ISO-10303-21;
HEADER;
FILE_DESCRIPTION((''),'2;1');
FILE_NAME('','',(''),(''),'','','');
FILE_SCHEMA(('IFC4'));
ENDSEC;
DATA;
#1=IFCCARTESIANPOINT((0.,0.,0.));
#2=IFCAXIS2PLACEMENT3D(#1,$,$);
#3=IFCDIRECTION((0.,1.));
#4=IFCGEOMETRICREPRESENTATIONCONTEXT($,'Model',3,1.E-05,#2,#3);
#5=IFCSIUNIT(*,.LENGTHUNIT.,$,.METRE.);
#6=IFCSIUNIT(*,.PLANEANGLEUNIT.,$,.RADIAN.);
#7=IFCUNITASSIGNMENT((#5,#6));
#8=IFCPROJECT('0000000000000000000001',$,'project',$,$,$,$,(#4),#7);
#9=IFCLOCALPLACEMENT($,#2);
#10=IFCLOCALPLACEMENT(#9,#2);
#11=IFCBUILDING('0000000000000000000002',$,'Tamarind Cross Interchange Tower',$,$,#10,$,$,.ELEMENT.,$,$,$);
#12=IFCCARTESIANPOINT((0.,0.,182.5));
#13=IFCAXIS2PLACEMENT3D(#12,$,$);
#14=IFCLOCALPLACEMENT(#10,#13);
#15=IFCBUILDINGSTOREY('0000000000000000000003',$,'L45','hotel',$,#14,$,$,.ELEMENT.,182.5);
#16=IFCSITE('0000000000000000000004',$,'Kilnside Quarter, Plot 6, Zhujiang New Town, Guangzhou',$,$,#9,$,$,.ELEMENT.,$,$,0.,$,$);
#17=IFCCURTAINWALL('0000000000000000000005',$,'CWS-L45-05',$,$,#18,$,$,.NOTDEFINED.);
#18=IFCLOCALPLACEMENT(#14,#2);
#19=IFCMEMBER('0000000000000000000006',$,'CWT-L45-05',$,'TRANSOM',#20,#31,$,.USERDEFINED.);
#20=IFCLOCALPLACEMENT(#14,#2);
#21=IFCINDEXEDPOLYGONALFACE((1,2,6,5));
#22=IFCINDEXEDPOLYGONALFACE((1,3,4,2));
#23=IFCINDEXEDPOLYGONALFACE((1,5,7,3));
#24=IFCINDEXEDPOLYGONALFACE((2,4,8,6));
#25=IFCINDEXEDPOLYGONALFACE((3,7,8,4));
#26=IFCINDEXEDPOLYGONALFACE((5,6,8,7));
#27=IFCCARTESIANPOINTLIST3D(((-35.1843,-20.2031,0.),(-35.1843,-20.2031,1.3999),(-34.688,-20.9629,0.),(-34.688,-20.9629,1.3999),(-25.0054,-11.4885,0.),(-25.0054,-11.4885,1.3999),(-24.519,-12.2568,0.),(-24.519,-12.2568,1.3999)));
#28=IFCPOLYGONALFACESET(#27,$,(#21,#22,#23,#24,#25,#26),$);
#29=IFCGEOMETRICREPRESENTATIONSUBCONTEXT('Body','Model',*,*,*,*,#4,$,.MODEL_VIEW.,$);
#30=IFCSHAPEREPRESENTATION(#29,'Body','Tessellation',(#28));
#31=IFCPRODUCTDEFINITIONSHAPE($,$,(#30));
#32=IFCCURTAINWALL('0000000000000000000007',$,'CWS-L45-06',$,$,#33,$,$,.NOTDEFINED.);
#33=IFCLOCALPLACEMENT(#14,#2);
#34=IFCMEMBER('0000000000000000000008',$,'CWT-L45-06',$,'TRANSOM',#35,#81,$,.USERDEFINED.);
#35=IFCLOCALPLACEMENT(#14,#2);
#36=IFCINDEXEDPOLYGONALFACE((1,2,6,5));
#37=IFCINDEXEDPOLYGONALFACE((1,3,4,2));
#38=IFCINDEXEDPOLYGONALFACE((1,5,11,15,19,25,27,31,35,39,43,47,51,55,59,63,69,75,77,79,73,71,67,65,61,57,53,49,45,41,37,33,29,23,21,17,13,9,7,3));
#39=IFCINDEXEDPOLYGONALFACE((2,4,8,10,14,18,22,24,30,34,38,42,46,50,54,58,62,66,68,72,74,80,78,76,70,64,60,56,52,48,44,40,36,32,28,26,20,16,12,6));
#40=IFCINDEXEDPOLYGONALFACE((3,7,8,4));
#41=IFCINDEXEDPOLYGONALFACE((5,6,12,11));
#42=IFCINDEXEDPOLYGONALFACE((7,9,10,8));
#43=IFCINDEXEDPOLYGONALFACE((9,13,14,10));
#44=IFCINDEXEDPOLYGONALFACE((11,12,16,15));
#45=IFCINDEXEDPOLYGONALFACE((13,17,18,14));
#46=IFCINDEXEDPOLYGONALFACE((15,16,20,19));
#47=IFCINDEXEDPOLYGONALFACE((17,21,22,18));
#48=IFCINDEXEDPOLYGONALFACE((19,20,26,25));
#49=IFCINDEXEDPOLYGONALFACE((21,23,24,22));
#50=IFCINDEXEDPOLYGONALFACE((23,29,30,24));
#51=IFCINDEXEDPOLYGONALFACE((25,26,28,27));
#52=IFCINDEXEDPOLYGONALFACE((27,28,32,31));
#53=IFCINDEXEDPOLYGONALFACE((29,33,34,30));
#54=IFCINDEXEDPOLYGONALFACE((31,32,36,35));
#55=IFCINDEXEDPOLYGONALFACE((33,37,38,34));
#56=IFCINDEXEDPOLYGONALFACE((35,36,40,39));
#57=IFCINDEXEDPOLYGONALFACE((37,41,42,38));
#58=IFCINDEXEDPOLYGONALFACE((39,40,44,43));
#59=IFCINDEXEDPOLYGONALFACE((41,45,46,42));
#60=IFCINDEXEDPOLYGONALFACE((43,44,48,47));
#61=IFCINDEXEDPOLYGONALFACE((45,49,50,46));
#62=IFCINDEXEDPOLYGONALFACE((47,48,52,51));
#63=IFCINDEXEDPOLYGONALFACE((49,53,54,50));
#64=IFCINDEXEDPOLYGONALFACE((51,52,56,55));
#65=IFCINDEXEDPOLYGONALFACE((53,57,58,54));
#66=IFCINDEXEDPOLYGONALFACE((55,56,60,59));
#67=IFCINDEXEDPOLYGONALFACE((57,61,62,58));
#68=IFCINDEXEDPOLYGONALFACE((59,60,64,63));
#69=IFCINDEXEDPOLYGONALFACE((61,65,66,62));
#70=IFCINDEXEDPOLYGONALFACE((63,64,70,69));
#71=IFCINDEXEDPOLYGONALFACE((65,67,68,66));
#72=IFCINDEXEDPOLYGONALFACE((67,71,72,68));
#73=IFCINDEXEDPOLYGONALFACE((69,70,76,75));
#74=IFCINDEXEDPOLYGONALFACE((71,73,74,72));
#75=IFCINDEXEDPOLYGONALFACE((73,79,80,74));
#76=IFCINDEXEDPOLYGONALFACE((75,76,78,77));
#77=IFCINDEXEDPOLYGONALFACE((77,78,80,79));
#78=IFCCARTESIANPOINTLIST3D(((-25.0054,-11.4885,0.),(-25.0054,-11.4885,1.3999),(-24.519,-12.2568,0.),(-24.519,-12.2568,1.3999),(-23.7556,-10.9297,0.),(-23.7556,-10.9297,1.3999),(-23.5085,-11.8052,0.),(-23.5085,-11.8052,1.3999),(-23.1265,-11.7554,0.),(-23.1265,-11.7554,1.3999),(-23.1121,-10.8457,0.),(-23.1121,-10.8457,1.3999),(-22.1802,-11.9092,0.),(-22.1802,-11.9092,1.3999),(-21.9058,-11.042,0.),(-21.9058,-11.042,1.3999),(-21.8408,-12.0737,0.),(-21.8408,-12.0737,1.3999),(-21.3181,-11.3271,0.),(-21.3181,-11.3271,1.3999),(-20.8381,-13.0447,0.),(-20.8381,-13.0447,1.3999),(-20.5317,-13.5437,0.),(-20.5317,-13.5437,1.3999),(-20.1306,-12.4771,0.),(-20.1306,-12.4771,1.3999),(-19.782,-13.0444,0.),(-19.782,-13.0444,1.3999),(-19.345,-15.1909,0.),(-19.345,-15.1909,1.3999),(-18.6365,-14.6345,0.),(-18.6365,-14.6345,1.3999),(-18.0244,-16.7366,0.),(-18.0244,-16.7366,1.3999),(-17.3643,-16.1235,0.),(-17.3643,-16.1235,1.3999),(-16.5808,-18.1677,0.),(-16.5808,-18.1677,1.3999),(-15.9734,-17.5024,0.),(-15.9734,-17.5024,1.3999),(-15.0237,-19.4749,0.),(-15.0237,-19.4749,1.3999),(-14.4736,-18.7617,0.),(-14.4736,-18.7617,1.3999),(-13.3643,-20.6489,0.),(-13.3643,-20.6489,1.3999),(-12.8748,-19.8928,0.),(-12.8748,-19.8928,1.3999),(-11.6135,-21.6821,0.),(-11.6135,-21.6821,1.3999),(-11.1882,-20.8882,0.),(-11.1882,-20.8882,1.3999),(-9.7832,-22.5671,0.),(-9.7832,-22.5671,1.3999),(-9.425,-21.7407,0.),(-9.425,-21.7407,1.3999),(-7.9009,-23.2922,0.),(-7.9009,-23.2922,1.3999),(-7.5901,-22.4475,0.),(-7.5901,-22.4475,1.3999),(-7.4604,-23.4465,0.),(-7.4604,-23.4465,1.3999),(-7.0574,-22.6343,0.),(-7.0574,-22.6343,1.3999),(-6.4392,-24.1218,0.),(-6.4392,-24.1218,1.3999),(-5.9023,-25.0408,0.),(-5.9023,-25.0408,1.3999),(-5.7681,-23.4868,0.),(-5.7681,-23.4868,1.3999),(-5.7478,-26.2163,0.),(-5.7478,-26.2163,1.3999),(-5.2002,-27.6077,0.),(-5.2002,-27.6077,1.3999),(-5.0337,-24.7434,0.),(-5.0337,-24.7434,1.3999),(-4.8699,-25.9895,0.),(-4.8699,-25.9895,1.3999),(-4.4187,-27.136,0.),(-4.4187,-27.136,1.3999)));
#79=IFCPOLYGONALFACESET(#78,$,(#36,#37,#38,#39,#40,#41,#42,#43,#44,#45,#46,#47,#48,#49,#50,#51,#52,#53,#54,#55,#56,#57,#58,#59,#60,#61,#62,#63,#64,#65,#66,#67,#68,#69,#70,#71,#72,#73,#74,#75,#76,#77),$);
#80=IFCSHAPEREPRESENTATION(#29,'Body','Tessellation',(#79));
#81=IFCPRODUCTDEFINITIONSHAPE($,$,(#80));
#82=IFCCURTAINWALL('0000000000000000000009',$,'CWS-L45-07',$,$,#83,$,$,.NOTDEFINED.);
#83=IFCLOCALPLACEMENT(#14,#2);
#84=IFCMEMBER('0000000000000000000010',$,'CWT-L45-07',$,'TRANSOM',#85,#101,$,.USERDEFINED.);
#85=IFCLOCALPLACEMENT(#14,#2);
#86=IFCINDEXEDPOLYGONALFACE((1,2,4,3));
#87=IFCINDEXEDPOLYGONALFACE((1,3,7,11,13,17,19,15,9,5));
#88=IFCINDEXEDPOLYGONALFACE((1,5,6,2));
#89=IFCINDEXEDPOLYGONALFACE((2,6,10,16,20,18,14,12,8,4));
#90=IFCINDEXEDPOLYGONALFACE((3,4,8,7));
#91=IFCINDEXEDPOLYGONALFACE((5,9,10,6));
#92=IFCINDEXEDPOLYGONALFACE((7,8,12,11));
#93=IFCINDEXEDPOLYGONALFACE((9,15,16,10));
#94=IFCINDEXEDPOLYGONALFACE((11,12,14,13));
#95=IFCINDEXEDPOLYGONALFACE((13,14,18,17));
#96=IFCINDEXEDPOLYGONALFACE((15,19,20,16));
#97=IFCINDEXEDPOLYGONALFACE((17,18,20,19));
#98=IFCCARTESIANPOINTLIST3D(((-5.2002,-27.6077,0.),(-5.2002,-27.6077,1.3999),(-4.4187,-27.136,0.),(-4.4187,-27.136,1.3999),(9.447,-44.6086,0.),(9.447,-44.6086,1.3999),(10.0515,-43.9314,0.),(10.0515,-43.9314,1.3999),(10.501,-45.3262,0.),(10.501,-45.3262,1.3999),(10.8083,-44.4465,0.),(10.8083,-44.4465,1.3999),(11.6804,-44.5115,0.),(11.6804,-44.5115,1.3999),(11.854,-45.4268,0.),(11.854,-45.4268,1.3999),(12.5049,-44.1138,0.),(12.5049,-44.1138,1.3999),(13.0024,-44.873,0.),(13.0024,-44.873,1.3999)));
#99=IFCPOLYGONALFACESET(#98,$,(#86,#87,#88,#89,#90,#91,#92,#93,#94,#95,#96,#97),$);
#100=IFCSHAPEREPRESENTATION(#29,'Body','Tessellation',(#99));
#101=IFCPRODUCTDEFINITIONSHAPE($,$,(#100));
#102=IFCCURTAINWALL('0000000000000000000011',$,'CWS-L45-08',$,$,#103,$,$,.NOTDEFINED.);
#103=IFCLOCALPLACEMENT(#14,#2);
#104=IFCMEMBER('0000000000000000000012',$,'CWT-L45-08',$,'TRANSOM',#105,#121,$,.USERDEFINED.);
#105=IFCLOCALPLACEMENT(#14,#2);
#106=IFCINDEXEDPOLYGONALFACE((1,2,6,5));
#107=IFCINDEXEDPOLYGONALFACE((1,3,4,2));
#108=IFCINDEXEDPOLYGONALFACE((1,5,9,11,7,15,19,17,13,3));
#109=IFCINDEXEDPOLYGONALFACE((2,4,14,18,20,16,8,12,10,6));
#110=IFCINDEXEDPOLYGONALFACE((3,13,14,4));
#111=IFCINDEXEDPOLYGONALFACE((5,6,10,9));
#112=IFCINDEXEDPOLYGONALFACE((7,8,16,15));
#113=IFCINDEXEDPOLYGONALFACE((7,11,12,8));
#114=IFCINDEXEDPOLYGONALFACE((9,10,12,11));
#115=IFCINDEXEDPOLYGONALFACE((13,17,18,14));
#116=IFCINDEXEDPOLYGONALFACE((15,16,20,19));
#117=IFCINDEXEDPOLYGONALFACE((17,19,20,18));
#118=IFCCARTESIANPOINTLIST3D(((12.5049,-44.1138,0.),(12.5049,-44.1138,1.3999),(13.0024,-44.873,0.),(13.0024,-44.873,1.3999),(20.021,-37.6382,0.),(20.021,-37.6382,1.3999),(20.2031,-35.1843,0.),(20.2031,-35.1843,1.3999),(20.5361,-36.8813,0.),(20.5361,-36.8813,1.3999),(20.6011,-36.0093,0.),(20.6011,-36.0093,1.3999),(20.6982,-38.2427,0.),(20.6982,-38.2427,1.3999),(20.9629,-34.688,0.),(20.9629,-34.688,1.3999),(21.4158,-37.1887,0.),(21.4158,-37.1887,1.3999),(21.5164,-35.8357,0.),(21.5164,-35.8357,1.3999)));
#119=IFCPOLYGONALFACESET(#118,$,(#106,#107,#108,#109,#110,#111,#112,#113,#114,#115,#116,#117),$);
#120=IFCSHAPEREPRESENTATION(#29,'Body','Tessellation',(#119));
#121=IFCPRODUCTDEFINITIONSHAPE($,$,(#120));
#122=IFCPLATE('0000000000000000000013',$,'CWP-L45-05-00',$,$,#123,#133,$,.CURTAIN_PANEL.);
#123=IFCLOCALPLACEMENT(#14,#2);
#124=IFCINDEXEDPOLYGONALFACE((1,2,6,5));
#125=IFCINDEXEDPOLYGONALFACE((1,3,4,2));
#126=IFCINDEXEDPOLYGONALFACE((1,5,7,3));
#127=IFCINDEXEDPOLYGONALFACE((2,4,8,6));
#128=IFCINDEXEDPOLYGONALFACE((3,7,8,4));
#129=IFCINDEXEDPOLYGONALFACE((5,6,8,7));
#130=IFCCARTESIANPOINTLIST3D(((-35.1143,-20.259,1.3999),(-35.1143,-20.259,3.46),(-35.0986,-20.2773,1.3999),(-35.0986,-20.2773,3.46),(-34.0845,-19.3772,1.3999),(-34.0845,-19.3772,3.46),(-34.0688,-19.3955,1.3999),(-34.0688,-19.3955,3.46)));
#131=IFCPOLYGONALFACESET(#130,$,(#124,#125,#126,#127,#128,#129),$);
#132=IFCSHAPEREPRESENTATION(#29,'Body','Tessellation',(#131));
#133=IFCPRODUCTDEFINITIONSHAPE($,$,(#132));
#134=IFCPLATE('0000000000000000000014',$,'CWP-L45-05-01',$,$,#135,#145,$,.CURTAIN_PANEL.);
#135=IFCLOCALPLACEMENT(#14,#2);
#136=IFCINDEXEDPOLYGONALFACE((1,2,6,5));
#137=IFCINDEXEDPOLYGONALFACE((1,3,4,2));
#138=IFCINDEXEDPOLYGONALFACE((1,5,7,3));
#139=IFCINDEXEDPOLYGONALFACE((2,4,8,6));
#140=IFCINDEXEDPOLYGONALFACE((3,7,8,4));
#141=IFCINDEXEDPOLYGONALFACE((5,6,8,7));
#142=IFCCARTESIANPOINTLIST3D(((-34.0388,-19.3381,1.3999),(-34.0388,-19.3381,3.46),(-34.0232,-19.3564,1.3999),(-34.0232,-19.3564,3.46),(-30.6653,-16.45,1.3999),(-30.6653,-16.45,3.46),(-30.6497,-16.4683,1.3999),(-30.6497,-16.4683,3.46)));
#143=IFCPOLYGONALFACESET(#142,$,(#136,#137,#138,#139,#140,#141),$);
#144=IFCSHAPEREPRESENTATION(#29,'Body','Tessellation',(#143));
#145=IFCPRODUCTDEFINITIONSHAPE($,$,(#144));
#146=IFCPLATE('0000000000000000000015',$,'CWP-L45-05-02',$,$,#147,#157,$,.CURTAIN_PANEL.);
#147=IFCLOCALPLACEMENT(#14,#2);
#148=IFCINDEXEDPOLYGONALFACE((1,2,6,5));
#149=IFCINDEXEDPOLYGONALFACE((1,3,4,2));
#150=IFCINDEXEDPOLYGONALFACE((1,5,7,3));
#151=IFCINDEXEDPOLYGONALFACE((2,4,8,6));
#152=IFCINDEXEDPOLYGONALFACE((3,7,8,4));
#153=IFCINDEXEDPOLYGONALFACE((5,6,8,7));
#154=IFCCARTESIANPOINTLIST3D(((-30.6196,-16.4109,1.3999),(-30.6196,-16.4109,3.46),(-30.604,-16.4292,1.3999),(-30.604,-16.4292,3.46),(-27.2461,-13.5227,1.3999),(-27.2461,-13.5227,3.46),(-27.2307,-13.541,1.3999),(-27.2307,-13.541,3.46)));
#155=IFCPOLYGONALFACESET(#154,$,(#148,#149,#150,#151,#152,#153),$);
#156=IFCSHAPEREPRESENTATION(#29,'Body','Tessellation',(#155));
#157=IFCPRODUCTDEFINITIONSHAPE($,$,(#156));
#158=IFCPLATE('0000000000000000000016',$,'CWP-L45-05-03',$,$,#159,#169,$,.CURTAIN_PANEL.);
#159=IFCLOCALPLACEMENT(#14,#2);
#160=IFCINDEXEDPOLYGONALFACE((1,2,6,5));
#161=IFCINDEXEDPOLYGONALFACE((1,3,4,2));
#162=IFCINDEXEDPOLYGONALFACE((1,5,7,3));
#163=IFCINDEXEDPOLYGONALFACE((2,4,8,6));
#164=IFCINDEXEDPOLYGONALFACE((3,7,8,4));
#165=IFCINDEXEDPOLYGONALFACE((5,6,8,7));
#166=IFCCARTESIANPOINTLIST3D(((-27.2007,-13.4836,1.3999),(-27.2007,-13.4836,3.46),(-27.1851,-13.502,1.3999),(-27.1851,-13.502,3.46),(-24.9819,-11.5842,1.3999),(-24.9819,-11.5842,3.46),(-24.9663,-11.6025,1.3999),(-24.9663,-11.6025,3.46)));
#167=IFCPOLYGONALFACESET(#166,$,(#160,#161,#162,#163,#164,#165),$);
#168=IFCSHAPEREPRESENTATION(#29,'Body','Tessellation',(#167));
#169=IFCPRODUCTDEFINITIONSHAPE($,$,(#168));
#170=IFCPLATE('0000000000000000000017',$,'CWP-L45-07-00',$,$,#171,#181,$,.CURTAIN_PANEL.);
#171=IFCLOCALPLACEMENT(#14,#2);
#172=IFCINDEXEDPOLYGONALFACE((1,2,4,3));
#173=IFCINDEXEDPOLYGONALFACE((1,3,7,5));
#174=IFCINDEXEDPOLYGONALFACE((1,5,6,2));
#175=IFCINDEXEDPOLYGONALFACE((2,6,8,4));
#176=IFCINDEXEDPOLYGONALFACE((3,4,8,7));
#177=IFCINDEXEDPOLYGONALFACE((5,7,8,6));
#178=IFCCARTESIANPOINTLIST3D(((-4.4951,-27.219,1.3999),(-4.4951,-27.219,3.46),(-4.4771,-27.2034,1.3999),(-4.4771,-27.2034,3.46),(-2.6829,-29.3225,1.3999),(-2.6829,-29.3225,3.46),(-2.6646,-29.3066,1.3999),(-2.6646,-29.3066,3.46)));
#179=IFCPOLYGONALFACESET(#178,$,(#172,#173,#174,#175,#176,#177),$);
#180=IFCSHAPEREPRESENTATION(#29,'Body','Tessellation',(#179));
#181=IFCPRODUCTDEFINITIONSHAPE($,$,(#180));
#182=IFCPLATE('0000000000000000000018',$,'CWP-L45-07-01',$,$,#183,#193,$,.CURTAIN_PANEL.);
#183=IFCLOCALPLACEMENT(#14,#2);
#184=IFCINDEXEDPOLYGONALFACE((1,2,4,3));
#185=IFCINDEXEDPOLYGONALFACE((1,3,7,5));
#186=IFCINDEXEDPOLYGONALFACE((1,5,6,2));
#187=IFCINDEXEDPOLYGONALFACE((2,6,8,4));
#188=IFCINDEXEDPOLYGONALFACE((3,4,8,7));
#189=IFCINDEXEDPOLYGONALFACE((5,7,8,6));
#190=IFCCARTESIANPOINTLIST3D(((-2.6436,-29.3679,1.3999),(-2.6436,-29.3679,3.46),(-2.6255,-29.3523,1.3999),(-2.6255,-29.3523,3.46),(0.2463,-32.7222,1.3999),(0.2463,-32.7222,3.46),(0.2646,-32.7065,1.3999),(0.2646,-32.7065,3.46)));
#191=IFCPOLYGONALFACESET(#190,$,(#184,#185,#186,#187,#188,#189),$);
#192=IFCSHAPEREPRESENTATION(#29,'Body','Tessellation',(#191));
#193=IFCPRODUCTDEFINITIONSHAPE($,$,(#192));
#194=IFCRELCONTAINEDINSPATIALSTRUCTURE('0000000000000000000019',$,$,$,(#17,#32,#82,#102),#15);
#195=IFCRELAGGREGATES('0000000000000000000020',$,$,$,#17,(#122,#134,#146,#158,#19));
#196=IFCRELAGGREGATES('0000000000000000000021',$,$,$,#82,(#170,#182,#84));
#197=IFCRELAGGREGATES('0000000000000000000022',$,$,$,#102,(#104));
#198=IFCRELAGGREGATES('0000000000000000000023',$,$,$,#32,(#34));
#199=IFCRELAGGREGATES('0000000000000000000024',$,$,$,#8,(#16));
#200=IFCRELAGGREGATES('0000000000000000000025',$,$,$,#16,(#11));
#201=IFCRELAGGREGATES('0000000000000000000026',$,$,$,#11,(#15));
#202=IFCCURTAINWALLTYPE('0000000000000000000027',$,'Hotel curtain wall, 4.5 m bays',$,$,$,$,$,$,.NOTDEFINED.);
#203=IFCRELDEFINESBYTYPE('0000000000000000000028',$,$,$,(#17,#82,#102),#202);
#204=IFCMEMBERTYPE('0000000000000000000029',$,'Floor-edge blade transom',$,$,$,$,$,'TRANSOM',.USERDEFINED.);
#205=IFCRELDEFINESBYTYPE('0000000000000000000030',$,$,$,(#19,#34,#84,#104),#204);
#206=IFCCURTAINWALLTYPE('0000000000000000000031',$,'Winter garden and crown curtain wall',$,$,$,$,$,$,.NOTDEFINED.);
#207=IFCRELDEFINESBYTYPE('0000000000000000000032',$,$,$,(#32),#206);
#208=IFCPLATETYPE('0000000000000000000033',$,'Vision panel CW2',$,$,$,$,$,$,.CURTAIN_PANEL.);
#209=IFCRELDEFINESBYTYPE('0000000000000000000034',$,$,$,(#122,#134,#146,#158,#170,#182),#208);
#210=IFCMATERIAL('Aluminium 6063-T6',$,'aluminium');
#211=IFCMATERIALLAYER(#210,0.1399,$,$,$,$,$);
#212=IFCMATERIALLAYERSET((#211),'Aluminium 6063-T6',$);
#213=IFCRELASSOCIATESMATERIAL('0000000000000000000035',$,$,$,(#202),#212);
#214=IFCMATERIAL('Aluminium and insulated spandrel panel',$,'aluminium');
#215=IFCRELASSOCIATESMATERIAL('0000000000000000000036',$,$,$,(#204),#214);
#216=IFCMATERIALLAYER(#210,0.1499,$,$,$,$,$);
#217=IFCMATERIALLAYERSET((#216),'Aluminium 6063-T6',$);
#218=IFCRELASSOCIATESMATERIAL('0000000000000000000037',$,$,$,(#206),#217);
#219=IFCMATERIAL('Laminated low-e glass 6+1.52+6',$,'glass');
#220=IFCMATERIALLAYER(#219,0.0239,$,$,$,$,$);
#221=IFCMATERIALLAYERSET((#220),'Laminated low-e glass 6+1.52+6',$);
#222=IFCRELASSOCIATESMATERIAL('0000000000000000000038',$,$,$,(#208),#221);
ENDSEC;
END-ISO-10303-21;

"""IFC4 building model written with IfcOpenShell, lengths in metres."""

from ifc_helpers import new_model, si_unit, direction, frame, origin, place, context, subcontext, project, spatial, polyline, outline, extrude, material, layer, layer_set, type_object, element, aggregate, save


model = new_model("IFC4")

# Units and contexts
model_context = context("Model", 3, precision=1e-05, world=origin(), true_north=direction((0.0, 1.0)))
body_context = subcontext(model_context, "Body", "Model", "MODEL_VIEW")
ifc_project = project(units=[si_unit("LENGTHUNIT", "METRE"), si_unit("PLANEANGLEUNIT", "RADIAN")], contexts=[model_context])

# Site, building, storey
site_placement = place(None, origin())
site = spatial("IfcSite", under=ifc_project, at=site_placement, Name="Kilnside Quarter, Plot 6, Zhujiang New Town, Guangzhou", CompositionType="ELEMENT", RefElevation=0.0)
building_placement = place(site_placement, origin())
building = spatial("IfcBuilding", under=site, at=building_placement, Name="Tamarind Cross Interchange Tower", CompositionType="ELEMENT")
storey_placement = place(building_placement, frame((0.0, 0.0, 182.5)))
storey = spatial("IfcBuildingStorey", under=building, at=storey_placement, Name="L45", Description="hotel", CompositionType="ELEMENT", Elevation=182.5)

# Curtain walls, members
ifc_material_1 = material(Name="Aluminium 6063-T6", Category="aluminium")
ifc_layer_1 = layer(ifc_material_1, 0.1399)
ifc_layer_set_1 = layer_set([ifc_layer_1], Name="Aluminium 6063-T6")
curtain_wall_type_1 = type_object("IfcCurtainWallType", Name="Hotel curtain wall, 4.5 m bays", PredefinedType="NOTDEFINED", material=ifc_layer_set_1)
curtain_wall_1_placement = place(storey_placement, origin())
curtain_wall_1 = element("IfcCurtainWall", 1, at=curtain_wall_1_placement, inside=storey, type_object=curtain_wall_type_1, Name="CWS-L45-05", PredefinedType="NOTDEFINED")
ifc_material_2 = material(Name="Aluminium and insulated spandrel panel", Category="aluminium")
member_type = type_object("IfcMemberType", Name="Floor-edge blade transom", ElementType="TRANSOM", PredefinedType="USERDEFINED", material=ifc_material_2)
member_1_placement = place(storey_placement, origin())
member_1 = element("IfcMember", 2, at=member_1_placement, type_object=member_type, Name="CWT-L45-05", ObjectType="TRANSOM", PredefinedType="USERDEFINED", context=body_context, shape_type="SweptSolid", body=[
    extrude(outline(polyline([(-35.1843, -20.2031), (-25.0054, -11.4885), (-24.519, -12.2568), (-34.688, -20.9629), (-35.1843, -20.2031)])), origin(), (0.0, 0.0, 1.0), 1.3999),
])
ifc_layer_2 = layer(ifc_material_1, 0.1499)
ifc_layer_set_2 = layer_set([ifc_layer_2], Name="Aluminium 6063-T6")
curtain_wall_type_2 = type_object("IfcCurtainWallType", Name="Winter garden and crown curtain wall", PredefinedType="NOTDEFINED", material=ifc_layer_set_2)
curtain_wall_2_placement = place(storey_placement, origin())
curtain_wall_2 = element("IfcCurtainWall", 3, at=curtain_wall_2_placement, inside=storey, type_object=curtain_wall_type_2, Name="CWS-L45-06", PredefinedType="NOTDEFINED")
member_2_placement = place(storey_placement, origin())
member_2 = element("IfcMember", 4, at=member_2_placement, type_object=member_type, Name="CWT-L45-06", ObjectType="TRANSOM", PredefinedType="USERDEFINED", context=body_context, shape_type="SweptSolid", body=[
    extrude(outline(polyline([(-25.0054, -11.4885), (-23.7556, -10.9297), (-23.1121, -10.8457), (-21.9058, -11.042), (-21.3181, -11.3271), (-20.1306, -12.4771), (-19.782, -13.0444), (-18.6365, -14.6345), (-17.3643, -16.1235), (-15.9734, -17.5024), (-14.4736, -18.7617), (-12.8748, -19.8928), (-11.1882, -20.8882), (-9.425, -21.7407), (-7.5901, -22.4475), (-7.0574, -22.6343), (-5.7681, -23.4868), (-5.0337, -24.7434), (-4.8699, -25.9895), (-4.4187, -27.136), (-5.2002, -27.6077), (-5.7478, -26.2163), (-5.9023, -25.0408), (-6.4392, -24.1218), (-7.4604, -23.4465), (-7.9009, -23.2922), (-9.7832, -22.5671), (-11.6135, -21.6821), (-13.3643, -20.6489), (-15.0237, -19.4749), (-16.5808, -18.1677), (-18.0244, -16.7366), (-19.345, -15.1909), (-20.5317, -13.5437), (-20.8381, -13.0447), (-21.8408, -12.0737), (-22.1802, -11.9092), (-23.1265, -11.7554), (-23.5085, -11.8052), (-24.519, -12.2568), (-25.0054, -11.4885)])), origin(), (0.0, 0.0, 1.0), 1.3999),
])
curtain_wall_3_placement = place(storey_placement, origin())
curtain_wall_3 = element("IfcCurtainWall", 5, at=curtain_wall_3_placement, inside=storey, type_object=curtain_wall_type_1, Name="CWS-L45-07", PredefinedType="NOTDEFINED")
member_3_placement = place(storey_placement, origin())
member_3 = element("IfcMember", 6, at=member_3_placement, type_object=member_type, Name="CWT-L45-07", ObjectType="TRANSOM", PredefinedType="USERDEFINED", context=body_context, shape_type="SweptSolid", body=[
    extrude(outline(polyline([(-4.4187, -27.136), (10.0515, -43.9314), (10.8083, -44.4465), (11.6804, -44.5115), (12.5049, -44.1138), (13.0024, -44.873), (11.854, -45.4268), (10.501, -45.3262), (9.447, -44.6086), (-5.2002, -27.6077), (-4.4187, -27.136)])), origin(), (0.0, 0.0, 1.0), 1.3999),
])
curtain_wall_4_placement = place(storey_placement, origin())
curtain_wall_4 = element("IfcCurtainWall", 7, at=curtain_wall_4_placement, inside=storey, type_object=curtain_wall_type_1, Name="CWS-L45-08", PredefinedType="NOTDEFINED")
member_4_placement = place(storey_placement, origin())
member_4 = element("IfcMember", 8, at=member_4_placement, type_object=member_type, Name="CWT-L45-08", ObjectType="TRANSOM", PredefinedType="USERDEFINED", context=body_context, shape_type="SweptSolid", body=[
    extrude(outline(polyline([(12.5049, -44.1138), (20.021, -37.6382), (20.5361, -36.8813), (20.6011, -36.0093), (20.2031, -35.1843), (20.9629, -34.688), (21.5164, -35.8357), (21.4158, -37.1887), (20.6982, -38.2427), (13.0024, -44.873), (12.5049, -44.1138)])), origin(), (0.0, 0.0, 1.0), 1.3999),
])

# Plates
ifc_material_3 = material(Name="Laminated low-e glass 6+1.52+6", Category="glass")
ifc_layer_3 = layer(ifc_material_3, 0.0239)
ifc_layer_set_3 = layer_set([ifc_layer_3], Name="Laminated low-e glass 6+1.52+6")
plate_type_1 = type_object("IfcPlateType", Name="Vision panel CW2", PredefinedType="CURTAIN_PANEL", material=ifc_layer_set_3)
plate_1_placement = place(storey_placement, frame((0.0, 0.0, 1.3999)))
plate_1 = element("IfcPlate", 9, at=plate_1_placement, type_object=plate_type_1, Name="CWP-L45-05-00", PredefinedType="CURTAIN_PANEL", context=body_context, shape_type="SweptSolid", body=[
    extrude(outline(polyline([(-35.1143, -20.259), (-34.0845, -19.3772), (-34.0688, -19.3955), (-35.0986, -20.2773), (-35.1143, -20.259)])), origin(), (0.0, 0.0, 1.0), 2.0601),
])
plate_2_placement = place(storey_placement, frame((0.0, 0.0, 1.3999)))
plate_2 = element("IfcPlate", 10, at=plate_2_placement, type_object=plate_type_1, Name="CWP-L45-05-01", PredefinedType="CURTAIN_PANEL", context=body_context, shape_type="SweptSolid", body=[
    extrude(outline(polyline([(-34.0388, -19.3381), (-30.6653, -16.45), (-30.6497, -16.4683), (-34.0232, -19.3564), (-34.0388, -19.3381)])), origin(), (0.0, 0.0, 1.0), 2.0601),
])
plate_3_placement = place(storey_placement, frame((0.0, 0.0, 1.3999)))
plate_3 = element("IfcPlate", 11, at=plate_3_placement, type_object=plate_type_1, Name="CWP-L45-05-02", PredefinedType="CURTAIN_PANEL", context=body_context, shape_type="SweptSolid", body=[
    extrude(outline(polyline([(-30.6196, -16.4109), (-27.2461, -13.5227), (-27.2307, -13.541), (-30.604, -16.4292), (-30.6196, -16.4109)])), origin(), (0.0, 0.0, 1.0), 2.0601),
])
plate_4_placement = place(storey_placement, frame((0.0, 0.0, 1.3999)))
plate_4 = element("IfcPlate", 12, at=plate_4_placement, type_object=plate_type_1, Name="CWP-L45-05-03", PredefinedType="CURTAIN_PANEL", context=body_context, shape_type="SweptSolid", body=[
    extrude(outline(polyline([(-27.2007, -13.4836), (-24.9819, -11.5842), (-24.9663, -11.6025), (-27.1851, -13.502), (-27.2007, -13.4836)])), origin(), (0.0, 0.0, 1.0), 2.0601),
])
aggregate(curtain_wall_1, [plate_1, plate_2, plate_3, plate_4, member_1])
plate_5_placement = place(storey_placement, frame((0.0, 0.0, 1.3999)))
plate_5 = element("IfcPlate", 13, at=plate_5_placement, type_object=plate_type_1, Name="CWP-L45-07-00", PredefinedType="CURTAIN_PANEL", context=body_context, shape_type="SweptSolid", body=[
    extrude(outline(polyline([(-4.4771, -27.2034), (-2.6646, -29.3066), (-2.6829, -29.3225), (-4.4951, -27.219), (-4.4771, -27.2034)])), origin(), (0.0, 0.0, 1.0), 2.0601),
])
plate_6_placement = place(storey_placement, frame((0.0, 0.0, 1.3999)))
plate_6 = element("IfcPlate", 14, at=plate_6_placement, type_object=plate_type_1, Name="CWP-L45-07-01", PredefinedType="CURTAIN_PANEL", context=body_context, shape_type="SweptSolid", body=[
    extrude(outline(polyline([(-2.6255, -29.3523), (0.2646, -32.7065), (0.2463, -32.7222), (-2.6436, -29.3679), (-2.6255, -29.3523)])), origin(), (0.0, 0.0, 1.0), 2.0601),
])
aggregate(curtain_wall_3, [plate_5, plate_6, member_3])
aggregate(curtain_wall_4, [member_4])

aggregate(curtain_wall_2, [member_2])

save(model, "model.ifc")
